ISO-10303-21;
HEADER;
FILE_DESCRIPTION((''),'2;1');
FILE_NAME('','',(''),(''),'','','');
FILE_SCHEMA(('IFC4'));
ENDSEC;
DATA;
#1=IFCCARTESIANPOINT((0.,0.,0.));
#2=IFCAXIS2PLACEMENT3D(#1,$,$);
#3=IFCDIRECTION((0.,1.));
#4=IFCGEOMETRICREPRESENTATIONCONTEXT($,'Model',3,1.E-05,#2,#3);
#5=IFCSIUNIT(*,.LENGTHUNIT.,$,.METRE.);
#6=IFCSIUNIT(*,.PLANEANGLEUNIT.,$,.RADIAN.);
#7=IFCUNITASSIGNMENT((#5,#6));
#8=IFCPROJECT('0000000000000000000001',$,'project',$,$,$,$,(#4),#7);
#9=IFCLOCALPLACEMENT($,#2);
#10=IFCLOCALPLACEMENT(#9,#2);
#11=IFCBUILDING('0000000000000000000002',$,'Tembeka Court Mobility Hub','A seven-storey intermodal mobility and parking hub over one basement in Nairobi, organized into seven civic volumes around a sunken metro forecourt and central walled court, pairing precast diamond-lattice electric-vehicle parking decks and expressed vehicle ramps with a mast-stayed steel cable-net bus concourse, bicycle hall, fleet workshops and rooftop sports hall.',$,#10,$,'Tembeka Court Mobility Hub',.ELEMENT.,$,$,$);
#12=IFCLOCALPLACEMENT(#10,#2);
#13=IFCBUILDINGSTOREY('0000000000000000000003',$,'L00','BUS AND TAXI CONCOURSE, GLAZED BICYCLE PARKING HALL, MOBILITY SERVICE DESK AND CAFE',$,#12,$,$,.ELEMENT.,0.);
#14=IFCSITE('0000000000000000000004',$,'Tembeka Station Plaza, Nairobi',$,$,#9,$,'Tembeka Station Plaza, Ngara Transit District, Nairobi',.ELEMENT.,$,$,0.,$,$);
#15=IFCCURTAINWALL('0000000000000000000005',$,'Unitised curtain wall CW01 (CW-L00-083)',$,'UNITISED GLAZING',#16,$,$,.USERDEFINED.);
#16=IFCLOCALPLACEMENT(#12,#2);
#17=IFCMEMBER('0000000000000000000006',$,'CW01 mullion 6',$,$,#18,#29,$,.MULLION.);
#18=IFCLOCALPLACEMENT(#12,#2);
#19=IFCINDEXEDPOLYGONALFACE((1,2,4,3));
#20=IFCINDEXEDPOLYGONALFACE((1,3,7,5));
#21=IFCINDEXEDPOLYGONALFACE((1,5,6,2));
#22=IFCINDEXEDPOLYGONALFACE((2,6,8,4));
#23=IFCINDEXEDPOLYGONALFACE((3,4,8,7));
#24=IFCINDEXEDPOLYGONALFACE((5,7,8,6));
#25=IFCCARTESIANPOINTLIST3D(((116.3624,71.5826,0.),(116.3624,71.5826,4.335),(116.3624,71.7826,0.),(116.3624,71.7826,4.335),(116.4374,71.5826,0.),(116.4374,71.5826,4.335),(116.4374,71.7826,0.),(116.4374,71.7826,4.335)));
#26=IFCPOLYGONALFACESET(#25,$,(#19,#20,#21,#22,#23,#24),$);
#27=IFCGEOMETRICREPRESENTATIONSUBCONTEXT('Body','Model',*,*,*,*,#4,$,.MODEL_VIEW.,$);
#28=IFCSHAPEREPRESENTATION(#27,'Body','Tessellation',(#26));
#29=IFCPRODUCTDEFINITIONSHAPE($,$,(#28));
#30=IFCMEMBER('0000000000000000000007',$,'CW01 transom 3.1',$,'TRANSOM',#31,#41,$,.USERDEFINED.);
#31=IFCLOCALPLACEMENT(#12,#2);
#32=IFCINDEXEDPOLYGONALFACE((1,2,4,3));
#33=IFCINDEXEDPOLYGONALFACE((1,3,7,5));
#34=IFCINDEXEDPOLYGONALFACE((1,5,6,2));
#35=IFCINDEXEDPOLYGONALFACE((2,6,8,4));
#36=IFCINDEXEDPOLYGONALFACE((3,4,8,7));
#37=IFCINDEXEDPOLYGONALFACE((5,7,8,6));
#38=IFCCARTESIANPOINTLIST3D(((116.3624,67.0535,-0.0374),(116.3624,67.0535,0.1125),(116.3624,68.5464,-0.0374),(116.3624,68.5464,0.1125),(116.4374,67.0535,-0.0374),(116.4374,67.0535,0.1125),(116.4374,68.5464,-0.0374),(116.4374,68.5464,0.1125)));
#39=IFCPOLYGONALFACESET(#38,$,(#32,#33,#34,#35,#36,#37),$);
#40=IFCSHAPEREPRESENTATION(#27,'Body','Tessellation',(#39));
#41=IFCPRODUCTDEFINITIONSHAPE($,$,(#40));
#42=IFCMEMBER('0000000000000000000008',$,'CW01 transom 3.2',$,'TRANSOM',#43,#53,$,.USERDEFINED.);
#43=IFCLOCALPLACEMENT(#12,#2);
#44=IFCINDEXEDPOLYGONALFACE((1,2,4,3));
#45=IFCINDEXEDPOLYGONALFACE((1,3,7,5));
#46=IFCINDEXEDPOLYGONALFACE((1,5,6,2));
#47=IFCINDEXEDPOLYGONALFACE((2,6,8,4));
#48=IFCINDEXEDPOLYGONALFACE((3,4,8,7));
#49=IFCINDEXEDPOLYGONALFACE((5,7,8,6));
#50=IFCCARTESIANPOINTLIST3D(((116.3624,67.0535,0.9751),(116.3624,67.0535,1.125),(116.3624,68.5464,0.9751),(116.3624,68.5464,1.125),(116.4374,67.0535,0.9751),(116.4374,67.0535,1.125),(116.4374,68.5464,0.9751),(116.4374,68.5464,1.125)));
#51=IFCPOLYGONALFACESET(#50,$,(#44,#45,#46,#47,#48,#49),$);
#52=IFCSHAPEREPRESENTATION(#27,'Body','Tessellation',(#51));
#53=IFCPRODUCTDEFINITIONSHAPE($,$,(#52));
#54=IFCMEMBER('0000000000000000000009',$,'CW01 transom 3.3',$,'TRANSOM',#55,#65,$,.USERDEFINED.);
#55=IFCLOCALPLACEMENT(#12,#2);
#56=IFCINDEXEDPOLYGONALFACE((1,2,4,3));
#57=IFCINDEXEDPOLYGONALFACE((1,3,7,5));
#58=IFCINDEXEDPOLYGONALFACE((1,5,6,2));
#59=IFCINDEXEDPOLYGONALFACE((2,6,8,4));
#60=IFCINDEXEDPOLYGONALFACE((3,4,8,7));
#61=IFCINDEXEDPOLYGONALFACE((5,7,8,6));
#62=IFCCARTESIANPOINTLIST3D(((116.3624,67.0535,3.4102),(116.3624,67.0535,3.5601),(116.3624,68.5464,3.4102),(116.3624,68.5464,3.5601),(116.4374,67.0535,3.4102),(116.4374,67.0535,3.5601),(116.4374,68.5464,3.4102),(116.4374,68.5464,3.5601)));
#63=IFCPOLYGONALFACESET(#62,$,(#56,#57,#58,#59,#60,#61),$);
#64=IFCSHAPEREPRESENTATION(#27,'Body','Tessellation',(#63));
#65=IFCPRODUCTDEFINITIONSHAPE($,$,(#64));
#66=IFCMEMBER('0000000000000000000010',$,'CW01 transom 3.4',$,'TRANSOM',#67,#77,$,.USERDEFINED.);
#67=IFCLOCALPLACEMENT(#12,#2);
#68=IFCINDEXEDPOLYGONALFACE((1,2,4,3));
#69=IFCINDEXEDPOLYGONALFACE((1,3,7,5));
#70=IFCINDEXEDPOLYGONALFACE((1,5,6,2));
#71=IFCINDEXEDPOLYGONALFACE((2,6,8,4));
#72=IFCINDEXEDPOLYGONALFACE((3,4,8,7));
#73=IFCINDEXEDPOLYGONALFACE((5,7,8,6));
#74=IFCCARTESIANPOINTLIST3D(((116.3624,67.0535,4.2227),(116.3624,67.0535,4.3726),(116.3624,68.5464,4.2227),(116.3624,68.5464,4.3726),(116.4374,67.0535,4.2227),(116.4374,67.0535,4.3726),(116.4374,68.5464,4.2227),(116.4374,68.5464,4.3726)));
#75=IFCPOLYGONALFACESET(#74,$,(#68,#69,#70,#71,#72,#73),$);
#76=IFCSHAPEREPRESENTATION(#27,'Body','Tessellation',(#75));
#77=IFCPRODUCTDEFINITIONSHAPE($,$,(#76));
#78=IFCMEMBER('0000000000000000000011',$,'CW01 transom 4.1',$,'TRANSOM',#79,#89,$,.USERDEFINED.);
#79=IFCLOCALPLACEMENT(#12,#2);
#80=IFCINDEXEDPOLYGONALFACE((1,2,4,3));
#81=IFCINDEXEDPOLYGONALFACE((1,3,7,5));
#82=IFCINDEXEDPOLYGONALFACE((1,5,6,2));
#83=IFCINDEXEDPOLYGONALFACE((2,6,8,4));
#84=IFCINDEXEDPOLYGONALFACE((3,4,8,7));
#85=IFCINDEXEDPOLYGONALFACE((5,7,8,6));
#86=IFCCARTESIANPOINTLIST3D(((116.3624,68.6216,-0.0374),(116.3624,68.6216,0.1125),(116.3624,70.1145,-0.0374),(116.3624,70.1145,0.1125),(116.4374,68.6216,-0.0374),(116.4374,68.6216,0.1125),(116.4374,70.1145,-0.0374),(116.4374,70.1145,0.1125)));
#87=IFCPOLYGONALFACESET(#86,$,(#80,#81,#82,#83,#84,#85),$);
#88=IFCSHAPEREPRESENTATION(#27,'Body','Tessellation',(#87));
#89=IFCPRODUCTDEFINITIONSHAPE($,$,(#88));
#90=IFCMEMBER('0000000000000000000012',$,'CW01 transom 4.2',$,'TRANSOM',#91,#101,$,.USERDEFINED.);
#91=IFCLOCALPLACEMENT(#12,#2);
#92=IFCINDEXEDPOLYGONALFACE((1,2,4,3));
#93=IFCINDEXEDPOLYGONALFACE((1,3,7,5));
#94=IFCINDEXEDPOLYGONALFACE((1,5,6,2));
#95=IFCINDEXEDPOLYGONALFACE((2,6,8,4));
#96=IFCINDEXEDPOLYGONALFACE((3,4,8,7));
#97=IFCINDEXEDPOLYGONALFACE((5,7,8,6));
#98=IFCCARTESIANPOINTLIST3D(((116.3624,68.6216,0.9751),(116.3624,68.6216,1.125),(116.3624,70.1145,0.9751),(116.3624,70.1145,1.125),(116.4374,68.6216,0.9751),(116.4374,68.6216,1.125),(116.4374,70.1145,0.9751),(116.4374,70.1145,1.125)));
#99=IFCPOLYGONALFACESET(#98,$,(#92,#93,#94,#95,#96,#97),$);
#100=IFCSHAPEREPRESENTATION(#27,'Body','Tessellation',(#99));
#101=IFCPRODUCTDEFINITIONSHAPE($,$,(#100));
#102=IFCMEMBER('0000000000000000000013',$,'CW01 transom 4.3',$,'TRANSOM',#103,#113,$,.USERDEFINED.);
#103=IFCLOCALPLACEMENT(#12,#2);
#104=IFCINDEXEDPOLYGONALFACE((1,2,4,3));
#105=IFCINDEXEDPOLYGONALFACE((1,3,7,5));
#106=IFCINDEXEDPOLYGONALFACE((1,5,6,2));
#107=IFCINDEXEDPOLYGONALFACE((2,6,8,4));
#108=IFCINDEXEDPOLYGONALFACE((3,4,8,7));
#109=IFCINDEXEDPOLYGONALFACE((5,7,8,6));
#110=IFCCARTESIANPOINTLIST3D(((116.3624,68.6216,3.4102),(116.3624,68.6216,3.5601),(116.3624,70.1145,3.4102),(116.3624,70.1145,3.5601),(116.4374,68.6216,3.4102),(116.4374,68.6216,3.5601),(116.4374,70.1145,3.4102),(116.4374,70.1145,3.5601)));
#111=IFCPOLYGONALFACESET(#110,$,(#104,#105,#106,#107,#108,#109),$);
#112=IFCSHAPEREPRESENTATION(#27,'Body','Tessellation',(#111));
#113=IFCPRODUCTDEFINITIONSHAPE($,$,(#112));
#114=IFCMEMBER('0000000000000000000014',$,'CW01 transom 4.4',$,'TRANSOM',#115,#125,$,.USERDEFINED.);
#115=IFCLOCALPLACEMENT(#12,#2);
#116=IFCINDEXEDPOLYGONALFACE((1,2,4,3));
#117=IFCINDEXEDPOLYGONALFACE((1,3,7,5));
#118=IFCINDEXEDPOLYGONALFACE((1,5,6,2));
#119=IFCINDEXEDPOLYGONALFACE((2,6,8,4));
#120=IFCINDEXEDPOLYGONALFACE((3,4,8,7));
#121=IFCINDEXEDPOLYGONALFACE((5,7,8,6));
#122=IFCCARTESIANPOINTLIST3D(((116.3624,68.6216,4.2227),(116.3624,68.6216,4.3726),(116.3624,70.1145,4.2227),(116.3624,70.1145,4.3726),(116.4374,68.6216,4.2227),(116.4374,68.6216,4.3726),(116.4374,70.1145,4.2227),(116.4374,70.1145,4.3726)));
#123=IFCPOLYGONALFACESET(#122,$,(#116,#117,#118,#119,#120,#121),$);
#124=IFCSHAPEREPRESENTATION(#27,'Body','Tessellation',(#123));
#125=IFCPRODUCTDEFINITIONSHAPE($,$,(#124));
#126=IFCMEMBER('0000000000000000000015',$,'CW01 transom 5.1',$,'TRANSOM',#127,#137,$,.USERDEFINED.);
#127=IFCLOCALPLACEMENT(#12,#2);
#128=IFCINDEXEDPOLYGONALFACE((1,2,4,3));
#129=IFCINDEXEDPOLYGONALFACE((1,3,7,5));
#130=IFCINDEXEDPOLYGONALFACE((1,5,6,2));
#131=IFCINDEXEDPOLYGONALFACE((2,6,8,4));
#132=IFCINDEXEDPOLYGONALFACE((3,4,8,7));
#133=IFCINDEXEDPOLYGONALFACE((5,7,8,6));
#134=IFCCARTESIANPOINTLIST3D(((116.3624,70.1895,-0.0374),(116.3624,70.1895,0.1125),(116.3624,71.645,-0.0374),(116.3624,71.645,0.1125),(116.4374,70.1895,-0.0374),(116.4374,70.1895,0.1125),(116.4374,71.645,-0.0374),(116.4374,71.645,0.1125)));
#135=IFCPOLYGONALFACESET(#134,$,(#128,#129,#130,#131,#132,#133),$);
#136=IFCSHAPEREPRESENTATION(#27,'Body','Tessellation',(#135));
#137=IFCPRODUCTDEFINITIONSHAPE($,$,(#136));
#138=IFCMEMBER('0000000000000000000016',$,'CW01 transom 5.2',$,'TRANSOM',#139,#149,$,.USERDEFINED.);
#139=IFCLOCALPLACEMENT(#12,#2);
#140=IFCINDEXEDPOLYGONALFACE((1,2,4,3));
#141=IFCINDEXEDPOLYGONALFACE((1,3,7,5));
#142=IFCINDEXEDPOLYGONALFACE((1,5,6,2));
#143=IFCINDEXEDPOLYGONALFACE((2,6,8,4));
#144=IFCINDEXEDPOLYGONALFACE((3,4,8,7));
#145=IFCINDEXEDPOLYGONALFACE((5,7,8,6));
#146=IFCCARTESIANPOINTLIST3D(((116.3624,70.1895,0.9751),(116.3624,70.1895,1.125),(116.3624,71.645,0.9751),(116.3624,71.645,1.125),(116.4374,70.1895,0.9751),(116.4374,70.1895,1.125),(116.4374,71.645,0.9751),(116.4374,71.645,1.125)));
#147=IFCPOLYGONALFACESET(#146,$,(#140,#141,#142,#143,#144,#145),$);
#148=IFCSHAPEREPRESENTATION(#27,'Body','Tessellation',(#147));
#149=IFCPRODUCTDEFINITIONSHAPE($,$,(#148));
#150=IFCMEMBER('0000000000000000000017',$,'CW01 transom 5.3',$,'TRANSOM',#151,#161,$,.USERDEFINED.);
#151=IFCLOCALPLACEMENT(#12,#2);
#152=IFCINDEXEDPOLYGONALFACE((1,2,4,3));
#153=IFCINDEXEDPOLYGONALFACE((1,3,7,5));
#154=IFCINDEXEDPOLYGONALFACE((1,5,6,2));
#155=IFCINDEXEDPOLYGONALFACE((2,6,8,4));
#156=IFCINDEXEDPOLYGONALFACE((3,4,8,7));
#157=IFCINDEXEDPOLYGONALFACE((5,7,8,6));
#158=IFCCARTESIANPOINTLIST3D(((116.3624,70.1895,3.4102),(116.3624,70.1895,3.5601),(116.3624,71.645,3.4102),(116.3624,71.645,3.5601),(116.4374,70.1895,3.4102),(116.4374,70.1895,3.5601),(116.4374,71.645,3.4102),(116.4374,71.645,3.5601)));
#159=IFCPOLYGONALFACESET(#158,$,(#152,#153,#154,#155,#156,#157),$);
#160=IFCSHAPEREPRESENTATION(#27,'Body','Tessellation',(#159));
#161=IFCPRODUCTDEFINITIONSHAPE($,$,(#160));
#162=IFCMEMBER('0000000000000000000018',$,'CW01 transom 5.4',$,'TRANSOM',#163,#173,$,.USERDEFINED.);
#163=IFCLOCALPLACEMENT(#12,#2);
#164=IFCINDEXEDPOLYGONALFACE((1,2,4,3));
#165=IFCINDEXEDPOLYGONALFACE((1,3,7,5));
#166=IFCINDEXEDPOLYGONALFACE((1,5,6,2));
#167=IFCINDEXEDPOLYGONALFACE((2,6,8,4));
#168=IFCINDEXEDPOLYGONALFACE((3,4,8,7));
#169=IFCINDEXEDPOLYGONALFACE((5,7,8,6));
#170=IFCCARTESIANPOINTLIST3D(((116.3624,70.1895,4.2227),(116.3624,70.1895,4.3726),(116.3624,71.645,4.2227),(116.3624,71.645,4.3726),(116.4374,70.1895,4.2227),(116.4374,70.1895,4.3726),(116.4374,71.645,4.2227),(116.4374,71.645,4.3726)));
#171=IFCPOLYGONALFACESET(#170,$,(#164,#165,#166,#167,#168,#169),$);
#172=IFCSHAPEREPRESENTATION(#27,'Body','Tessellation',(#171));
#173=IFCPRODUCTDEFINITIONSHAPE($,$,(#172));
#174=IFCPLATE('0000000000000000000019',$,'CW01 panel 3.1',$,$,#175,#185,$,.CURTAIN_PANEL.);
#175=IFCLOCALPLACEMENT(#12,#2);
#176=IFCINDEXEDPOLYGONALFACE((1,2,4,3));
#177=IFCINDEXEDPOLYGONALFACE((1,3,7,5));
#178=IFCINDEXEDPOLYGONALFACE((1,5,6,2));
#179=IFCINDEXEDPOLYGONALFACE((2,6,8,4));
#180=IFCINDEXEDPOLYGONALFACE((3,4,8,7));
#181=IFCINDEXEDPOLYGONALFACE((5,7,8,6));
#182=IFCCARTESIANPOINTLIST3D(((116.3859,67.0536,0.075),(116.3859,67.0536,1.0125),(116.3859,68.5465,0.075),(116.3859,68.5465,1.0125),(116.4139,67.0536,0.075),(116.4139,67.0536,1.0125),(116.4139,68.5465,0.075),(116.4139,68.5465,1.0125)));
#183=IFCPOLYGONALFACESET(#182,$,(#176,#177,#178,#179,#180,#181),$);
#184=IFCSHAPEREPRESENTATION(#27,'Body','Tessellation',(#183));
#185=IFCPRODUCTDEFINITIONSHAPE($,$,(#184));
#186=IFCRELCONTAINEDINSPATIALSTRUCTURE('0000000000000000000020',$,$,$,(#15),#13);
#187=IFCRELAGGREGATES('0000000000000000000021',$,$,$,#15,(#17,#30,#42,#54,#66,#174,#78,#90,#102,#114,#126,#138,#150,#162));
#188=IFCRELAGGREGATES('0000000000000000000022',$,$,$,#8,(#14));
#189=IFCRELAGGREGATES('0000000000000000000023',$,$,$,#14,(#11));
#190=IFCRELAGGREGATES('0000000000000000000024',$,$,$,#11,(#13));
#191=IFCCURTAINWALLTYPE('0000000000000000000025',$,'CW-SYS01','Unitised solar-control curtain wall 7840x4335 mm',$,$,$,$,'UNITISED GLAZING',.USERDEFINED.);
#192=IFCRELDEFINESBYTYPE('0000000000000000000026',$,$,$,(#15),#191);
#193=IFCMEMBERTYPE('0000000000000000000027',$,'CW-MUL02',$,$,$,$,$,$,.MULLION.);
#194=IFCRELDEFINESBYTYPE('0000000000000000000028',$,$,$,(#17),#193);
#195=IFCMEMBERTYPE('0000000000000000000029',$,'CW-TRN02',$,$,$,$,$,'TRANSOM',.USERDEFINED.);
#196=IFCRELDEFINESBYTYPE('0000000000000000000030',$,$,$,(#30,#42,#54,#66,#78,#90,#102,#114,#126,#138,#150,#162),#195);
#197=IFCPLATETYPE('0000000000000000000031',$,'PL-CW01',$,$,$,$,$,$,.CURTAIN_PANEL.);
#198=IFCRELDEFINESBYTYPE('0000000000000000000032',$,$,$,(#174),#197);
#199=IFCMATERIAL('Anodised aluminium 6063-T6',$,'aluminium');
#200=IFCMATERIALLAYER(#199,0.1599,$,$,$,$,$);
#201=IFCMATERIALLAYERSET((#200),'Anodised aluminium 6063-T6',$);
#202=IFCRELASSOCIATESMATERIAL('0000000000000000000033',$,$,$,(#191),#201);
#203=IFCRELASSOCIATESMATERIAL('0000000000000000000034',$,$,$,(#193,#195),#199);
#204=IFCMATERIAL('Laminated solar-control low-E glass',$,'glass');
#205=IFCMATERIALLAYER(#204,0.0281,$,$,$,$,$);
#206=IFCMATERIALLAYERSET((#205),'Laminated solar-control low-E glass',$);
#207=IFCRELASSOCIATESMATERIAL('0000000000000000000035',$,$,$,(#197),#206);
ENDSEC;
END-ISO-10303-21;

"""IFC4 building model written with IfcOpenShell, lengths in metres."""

from ifc_helpers import new_model, si_unit, direction, frame, origin, origin_2d, place, context, subcontext, project, spatial, rectangle, extrude, material, layer, layer_set, material_profile, profile_set, type_object, element, aggregate, save


model = new_model("IFC4")

# Units and contexts
model_context = context("Model", 3, precision=1e-05, world=origin(), true_north=direction((0.0, 1.0)))
body_context = subcontext(model_context, "Body", "Model", "MODEL_VIEW")
ifc_project = project(units=[si_unit("LENGTHUNIT", "METRE"), si_unit("PLANEANGLEUNIT", "RADIAN")], contexts=[model_context])

# Site, building, storey
site_placement = place(None, origin())
site = spatial("IfcSite", under=ifc_project, at=site_placement, Name="Tembeka Station Plaza, Nairobi", LongName="Tembeka Station Plaza, Ngara Transit District, Nairobi", CompositionType="ELEMENT", RefElevation=0.0)
building_placement = place(site_placement, origin())
building = spatial("IfcBuilding", under=site, at=building_placement, Name="Tembeka Court Mobility Hub", Description="A seven-storey intermodal mobility and parking hub over one basement in Nairobi, organized into seven civic volumes around a sunken metro forecourt and central walled court, pairing precast diamond-lattice electric-vehicle parking decks and expressed vehicle ramps with a mast-stayed steel cable-net bus concourse, bicycle hall, fleet workshops and rooftop sports hall.", LongName="Tembeka Court Mobility Hub", CompositionType="ELEMENT")
storey_placement = place(building_placement, origin())
storey = spatial("IfcBuildingStorey", under=building, at=storey_placement, Name="L00", Description="BUS AND TAXI CONCOURSE, GLAZED BICYCLE PARKING HALL, MOBILITY SERVICE DESK AND CAFE", CompositionType="ELEMENT", Elevation=0.0)

# Curtain wall, members, plate
ifc_material_1 = material(Name="Anodised aluminium 6063-T6", Category="aluminium")
ifc_layer_1 = layer(ifc_material_1, 0.1599)
ifc_layer_set_1 = layer_set([ifc_layer_1], Name="Anodised aluminium 6063-T6")
curtain_wall_type = type_object("IfcCurtainWallType", Name="CW-SYS01", Description="Unitised solar-control curtain wall 7840x4335 mm", ElementType="UNITISED GLAZING", PredefinedType="USERDEFINED", material=ifc_layer_set_1)
curtain_wall_placement = place(storey_placement, origin())
curtain_wall = element("IfcCurtainWall", 1, at=curtain_wall_placement, inside=storey, type_object=curtain_wall_type, Name="Unitised curtain wall CW01 (CW-L00-083)", ObjectType="UNITISED GLAZING", PredefinedType="USERDEFINED")
ifc_material_profile_1 = material_profile(ifc_material_1, rectangle(XDim=0.075, YDim=0.2, at=origin_2d()), Name="ALU-MUL 75x200")
ifc_profile_set_1 = profile_set([ifc_material_profile_1], Name="Anodised aluminium 6063-T6")
member_type_1 = type_object("IfcMemberType", Name="CW-MUL02", PredefinedType="MULLION", material=ifc_profile_set_1)
member_1_placement = place(storey_placement, frame((116.3999, 71.6826, 0.0), z_axis=(0.0, 0.0, 1.0), x_axis=(-1.0, 0.0, 0.0)))
member_1 = element("IfcMember", 2, at=member_1_placement, type_object=member_type_1, Name="CW01 mullion 6", PredefinedType="MULLION", context=body_context, shape_type="SweptSolid", body=[
    extrude(rectangle(XDim=0.075, YDim=0.2, at=origin_2d()), origin(), (0.0, 0.0, 1.0), 4.335),
])
ifc_material_profile_2 = material_profile(ifc_material_1, rectangle(XDim=0.075, YDim=0.1499, at=origin_2d()), Name="ALU-TRN 75x150")
ifc_profile_set_2 = profile_set([ifc_material_profile_2], Name="Anodised aluminium 6063-T6")
member_type_2 = type_object("IfcMemberType", Name="CW-TRN02", ElementType="TRANSOM", PredefinedType="USERDEFINED", material=ifc_profile_set_2)
member_2_placement = place(storey_placement, frame((116.3999, 67.0535, 0.0376), z_axis=(0.0, 1.0, 0.0), x_axis=(-1.0, 0.0, 0.0)))
member_2 = element("IfcMember", 3, at=member_2_placement, type_object=member_type_2, Name="CW01 transom 3.1", ObjectType="TRANSOM", PredefinedType="USERDEFINED", context=body_context, shape_type="SweptSolid", body=[
    extrude(rectangle(XDim=0.075, YDim=0.1499, at=origin_2d()), origin(), (0.0, 0.0, 1.0), 1.4929),
])
member_3_placement = place(storey_placement, frame((116.3999, 67.0535, 1.05), z_axis=(0.0, 1.0, 0.0), x_axis=(-1.0, 0.0, 0.0)))
member_3 = element("IfcMember", 4, at=member_3_placement, type_object=member_type_2, Name="CW01 transom 3.2", ObjectType="TRANSOM", PredefinedType="USERDEFINED", context=body_context, shape_type="SweptSolid", body=[
    extrude(rectangle(XDim=0.075, YDim=0.1499, at=origin_2d()), origin(), (0.0, 0.0, 1.0), 1.4929),
])
member_4_placement = place(storey_placement, frame((116.3999, 67.0535, 3.4851), z_axis=(0.0, 1.0, 0.0), x_axis=(-1.0, 0.0, 0.0)))
member_4 = element("IfcMember", 5, at=member_4_placement, type_object=member_type_2, Name="CW01 transom 3.3", ObjectType="TRANSOM", PredefinedType="USERDEFINED", context=body_context, shape_type="SweptSolid", body=[
    extrude(rectangle(XDim=0.075, YDim=0.1499, at=origin_2d()), origin(), (0.0, 0.0, 1.0), 1.4929),
])
member_5_placement = place(storey_placement, frame((116.3999, 67.0535, 4.2976), z_axis=(0.0, 1.0, 0.0), x_axis=(-1.0, 0.0, 0.0)))
member_5 = element("IfcMember", 6, at=member_5_placement, type_object=member_type_2, Name="CW01 transom 3.4", ObjectType="TRANSOM", PredefinedType="USERDEFINED", context=body_context, shape_type="SweptSolid", body=[
    extrude(rectangle(XDim=0.075, YDim=0.1499, at=origin_2d()), origin(), (0.0, 0.0, 1.0), 1.4929),
])
member_6_placement = place(storey_placement, frame((116.3999, 68.6216, 0.0376), z_axis=(0.0, 1.0, 0.0), x_axis=(-1.0, 0.0, 0.0)))
member_6 = element("IfcMember", 7, at=member_6_placement, type_object=member_type_2, Name="CW01 transom 4.1", ObjectType="TRANSOM", PredefinedType="USERDEFINED", context=body_context, shape_type="SweptSolid", body=[
    extrude(rectangle(XDim=0.075, YDim=0.1499, at=origin_2d()), origin(), (0.0, 0.0, 1.0), 1.4929),
])
member_7_placement = place(storey_placement, frame((116.3999, 68.6216, 1.05), z_axis=(0.0, 1.0, 0.0), x_axis=(-1.0, 0.0, 0.0)))
member_7 = element("IfcMember", 8, at=member_7_placement, type_object=member_type_2, Name="CW01 transom 4.2", ObjectType="TRANSOM", PredefinedType="USERDEFINED", context=body_context, shape_type="SweptSolid", body=[
    extrude(rectangle(XDim=0.075, YDim=0.1499, at=origin_2d()), origin(), (0.0, 0.0, 1.0), 1.4929),
])
member_8_placement = place(storey_placement, frame((116.3999, 68.6216, 3.4851), z_axis=(0.0, 1.0, 0.0), x_axis=(-1.0, 0.0, 0.0)))
member_8 = element("IfcMember", 9, at=member_8_placement, type_object=member_type_2, Name="CW01 transom 4.3", ObjectType="TRANSOM", PredefinedType="USERDEFINED", context=body_context, shape_type="SweptSolid", body=[
    extrude(rectangle(XDim=0.075, YDim=0.1499, at=origin_2d()), origin(), (0.0, 0.0, 1.0), 1.4929),
])
member_9_placement = place(storey_placement, frame((116.3999, 68.6216, 4.2976), z_axis=(0.0, 1.0, 0.0), x_axis=(-1.0, 0.0, 0.0)))
member_9 = element("IfcMember", 10, at=member_9_placement, type_object=member_type_2, Name="CW01 transom 4.4", ObjectType="TRANSOM", PredefinedType="USERDEFINED", context=body_context, shape_type="SweptSolid", body=[
    extrude(rectangle(XDim=0.075, YDim=0.1499, at=origin_2d()), origin(), (0.0, 0.0, 1.0), 1.4929),
])
member_10_placement = place(storey_placement, frame((116.3999, 70.1895, 0.0376), z_axis=(0.0, 1.0, 0.0), x_axis=(-1.0, 0.0, 0.0)))
member_10 = element("IfcMember", 11, at=member_10_placement, type_object=member_type_2, Name="CW01 transom 5.1", ObjectType="TRANSOM", PredefinedType="USERDEFINED", context=body_context, shape_type="SweptSolid", body=[
    extrude(rectangle(XDim=0.075, YDim=0.1499, at=origin_2d()), origin(), (0.0, 0.0, 1.0), 1.4556),
])
member_11_placement = place(storey_placement, frame((116.3999, 70.1895, 1.05), z_axis=(0.0, 1.0, 0.0), x_axis=(-1.0, 0.0, 0.0)))
member_11 = element("IfcMember", 12, at=member_11_placement, type_object=member_type_2, Name="CW01 transom 5.2", ObjectType="TRANSOM", PredefinedType="USERDEFINED", context=body_context, shape_type="SweptSolid", body=[
    extrude(rectangle(XDim=0.075, YDim=0.1499, at=origin_2d()), origin(), (0.0, 0.0, 1.0), 1.4556),
])
member_12_placement = place(storey_placement, frame((116.3999, 70.1895, 3.4851), z_axis=(0.0, 1.0, 0.0), x_axis=(-1.0, 0.0, 0.0)))
member_12 = element("IfcMember", 13, at=member_12_placement, type_object=member_type_2, Name="CW01 transom 5.3", ObjectType="TRANSOM", PredefinedType="USERDEFINED", context=body_context, shape_type="SweptSolid", body=[
    extrude(rectangle(XDim=0.075, YDim=0.1499, at=origin_2d()), origin(), (0.0, 0.0, 1.0), 1.4556),
])
member_13_placement = place(storey_placement, frame((116.3999, 70.1895, 4.2976), z_axis=(0.0, 1.0, 0.0), x_axis=(-1.0, 0.0, 0.0)))
member_13 = element("IfcMember", 14, at=member_13_placement, type_object=member_type_2, Name="CW01 transom 5.4", ObjectType="TRANSOM", PredefinedType="USERDEFINED", context=body_context, shape_type="SweptSolid", body=[
    extrude(rectangle(XDim=0.075, YDim=0.1499, at=origin_2d()), origin(), (0.0, 0.0, 1.0), 1.4556),
])
ifc_material_2 = material(Name="Laminated solar-control low-E glass", Category="glass")
ifc_layer_2 = layer(ifc_material_2, 0.0281)
ifc_layer_set_2 = layer_set([ifc_layer_2], Name="Laminated solar-control low-E glass")
plate_type = type_object("IfcPlateType", Name="PL-CW01", PredefinedType="CURTAIN_PANEL", material=ifc_layer_set_2)
plate_1_placement = place(storey_placement, frame((116.3999, 67.8, 0.075), z_axis=(0.0, 0.0, 1.0), x_axis=(0.0, 1.0, 0.0)))
plate_1 = element("IfcPlate", 15, at=plate_1_placement, type_object=plate_type, Name="CW01 panel 3.1", PredefinedType="CURTAIN_PANEL", context=body_context, shape_type="SweptSolid", body=[
    extrude(rectangle(XDim=1.4929, YDim=0.0281, at=origin_2d()), origin(), (0.0, 0.0, 1.0), 0.9375),
])
aggregate(curtain_wall, [member_1, member_2, member_3, member_4, member_5, plate_1, member_6, member_7, member_8, member_9, member_10, member_11, member_12, member_13])

save(model, "model.ifc")
